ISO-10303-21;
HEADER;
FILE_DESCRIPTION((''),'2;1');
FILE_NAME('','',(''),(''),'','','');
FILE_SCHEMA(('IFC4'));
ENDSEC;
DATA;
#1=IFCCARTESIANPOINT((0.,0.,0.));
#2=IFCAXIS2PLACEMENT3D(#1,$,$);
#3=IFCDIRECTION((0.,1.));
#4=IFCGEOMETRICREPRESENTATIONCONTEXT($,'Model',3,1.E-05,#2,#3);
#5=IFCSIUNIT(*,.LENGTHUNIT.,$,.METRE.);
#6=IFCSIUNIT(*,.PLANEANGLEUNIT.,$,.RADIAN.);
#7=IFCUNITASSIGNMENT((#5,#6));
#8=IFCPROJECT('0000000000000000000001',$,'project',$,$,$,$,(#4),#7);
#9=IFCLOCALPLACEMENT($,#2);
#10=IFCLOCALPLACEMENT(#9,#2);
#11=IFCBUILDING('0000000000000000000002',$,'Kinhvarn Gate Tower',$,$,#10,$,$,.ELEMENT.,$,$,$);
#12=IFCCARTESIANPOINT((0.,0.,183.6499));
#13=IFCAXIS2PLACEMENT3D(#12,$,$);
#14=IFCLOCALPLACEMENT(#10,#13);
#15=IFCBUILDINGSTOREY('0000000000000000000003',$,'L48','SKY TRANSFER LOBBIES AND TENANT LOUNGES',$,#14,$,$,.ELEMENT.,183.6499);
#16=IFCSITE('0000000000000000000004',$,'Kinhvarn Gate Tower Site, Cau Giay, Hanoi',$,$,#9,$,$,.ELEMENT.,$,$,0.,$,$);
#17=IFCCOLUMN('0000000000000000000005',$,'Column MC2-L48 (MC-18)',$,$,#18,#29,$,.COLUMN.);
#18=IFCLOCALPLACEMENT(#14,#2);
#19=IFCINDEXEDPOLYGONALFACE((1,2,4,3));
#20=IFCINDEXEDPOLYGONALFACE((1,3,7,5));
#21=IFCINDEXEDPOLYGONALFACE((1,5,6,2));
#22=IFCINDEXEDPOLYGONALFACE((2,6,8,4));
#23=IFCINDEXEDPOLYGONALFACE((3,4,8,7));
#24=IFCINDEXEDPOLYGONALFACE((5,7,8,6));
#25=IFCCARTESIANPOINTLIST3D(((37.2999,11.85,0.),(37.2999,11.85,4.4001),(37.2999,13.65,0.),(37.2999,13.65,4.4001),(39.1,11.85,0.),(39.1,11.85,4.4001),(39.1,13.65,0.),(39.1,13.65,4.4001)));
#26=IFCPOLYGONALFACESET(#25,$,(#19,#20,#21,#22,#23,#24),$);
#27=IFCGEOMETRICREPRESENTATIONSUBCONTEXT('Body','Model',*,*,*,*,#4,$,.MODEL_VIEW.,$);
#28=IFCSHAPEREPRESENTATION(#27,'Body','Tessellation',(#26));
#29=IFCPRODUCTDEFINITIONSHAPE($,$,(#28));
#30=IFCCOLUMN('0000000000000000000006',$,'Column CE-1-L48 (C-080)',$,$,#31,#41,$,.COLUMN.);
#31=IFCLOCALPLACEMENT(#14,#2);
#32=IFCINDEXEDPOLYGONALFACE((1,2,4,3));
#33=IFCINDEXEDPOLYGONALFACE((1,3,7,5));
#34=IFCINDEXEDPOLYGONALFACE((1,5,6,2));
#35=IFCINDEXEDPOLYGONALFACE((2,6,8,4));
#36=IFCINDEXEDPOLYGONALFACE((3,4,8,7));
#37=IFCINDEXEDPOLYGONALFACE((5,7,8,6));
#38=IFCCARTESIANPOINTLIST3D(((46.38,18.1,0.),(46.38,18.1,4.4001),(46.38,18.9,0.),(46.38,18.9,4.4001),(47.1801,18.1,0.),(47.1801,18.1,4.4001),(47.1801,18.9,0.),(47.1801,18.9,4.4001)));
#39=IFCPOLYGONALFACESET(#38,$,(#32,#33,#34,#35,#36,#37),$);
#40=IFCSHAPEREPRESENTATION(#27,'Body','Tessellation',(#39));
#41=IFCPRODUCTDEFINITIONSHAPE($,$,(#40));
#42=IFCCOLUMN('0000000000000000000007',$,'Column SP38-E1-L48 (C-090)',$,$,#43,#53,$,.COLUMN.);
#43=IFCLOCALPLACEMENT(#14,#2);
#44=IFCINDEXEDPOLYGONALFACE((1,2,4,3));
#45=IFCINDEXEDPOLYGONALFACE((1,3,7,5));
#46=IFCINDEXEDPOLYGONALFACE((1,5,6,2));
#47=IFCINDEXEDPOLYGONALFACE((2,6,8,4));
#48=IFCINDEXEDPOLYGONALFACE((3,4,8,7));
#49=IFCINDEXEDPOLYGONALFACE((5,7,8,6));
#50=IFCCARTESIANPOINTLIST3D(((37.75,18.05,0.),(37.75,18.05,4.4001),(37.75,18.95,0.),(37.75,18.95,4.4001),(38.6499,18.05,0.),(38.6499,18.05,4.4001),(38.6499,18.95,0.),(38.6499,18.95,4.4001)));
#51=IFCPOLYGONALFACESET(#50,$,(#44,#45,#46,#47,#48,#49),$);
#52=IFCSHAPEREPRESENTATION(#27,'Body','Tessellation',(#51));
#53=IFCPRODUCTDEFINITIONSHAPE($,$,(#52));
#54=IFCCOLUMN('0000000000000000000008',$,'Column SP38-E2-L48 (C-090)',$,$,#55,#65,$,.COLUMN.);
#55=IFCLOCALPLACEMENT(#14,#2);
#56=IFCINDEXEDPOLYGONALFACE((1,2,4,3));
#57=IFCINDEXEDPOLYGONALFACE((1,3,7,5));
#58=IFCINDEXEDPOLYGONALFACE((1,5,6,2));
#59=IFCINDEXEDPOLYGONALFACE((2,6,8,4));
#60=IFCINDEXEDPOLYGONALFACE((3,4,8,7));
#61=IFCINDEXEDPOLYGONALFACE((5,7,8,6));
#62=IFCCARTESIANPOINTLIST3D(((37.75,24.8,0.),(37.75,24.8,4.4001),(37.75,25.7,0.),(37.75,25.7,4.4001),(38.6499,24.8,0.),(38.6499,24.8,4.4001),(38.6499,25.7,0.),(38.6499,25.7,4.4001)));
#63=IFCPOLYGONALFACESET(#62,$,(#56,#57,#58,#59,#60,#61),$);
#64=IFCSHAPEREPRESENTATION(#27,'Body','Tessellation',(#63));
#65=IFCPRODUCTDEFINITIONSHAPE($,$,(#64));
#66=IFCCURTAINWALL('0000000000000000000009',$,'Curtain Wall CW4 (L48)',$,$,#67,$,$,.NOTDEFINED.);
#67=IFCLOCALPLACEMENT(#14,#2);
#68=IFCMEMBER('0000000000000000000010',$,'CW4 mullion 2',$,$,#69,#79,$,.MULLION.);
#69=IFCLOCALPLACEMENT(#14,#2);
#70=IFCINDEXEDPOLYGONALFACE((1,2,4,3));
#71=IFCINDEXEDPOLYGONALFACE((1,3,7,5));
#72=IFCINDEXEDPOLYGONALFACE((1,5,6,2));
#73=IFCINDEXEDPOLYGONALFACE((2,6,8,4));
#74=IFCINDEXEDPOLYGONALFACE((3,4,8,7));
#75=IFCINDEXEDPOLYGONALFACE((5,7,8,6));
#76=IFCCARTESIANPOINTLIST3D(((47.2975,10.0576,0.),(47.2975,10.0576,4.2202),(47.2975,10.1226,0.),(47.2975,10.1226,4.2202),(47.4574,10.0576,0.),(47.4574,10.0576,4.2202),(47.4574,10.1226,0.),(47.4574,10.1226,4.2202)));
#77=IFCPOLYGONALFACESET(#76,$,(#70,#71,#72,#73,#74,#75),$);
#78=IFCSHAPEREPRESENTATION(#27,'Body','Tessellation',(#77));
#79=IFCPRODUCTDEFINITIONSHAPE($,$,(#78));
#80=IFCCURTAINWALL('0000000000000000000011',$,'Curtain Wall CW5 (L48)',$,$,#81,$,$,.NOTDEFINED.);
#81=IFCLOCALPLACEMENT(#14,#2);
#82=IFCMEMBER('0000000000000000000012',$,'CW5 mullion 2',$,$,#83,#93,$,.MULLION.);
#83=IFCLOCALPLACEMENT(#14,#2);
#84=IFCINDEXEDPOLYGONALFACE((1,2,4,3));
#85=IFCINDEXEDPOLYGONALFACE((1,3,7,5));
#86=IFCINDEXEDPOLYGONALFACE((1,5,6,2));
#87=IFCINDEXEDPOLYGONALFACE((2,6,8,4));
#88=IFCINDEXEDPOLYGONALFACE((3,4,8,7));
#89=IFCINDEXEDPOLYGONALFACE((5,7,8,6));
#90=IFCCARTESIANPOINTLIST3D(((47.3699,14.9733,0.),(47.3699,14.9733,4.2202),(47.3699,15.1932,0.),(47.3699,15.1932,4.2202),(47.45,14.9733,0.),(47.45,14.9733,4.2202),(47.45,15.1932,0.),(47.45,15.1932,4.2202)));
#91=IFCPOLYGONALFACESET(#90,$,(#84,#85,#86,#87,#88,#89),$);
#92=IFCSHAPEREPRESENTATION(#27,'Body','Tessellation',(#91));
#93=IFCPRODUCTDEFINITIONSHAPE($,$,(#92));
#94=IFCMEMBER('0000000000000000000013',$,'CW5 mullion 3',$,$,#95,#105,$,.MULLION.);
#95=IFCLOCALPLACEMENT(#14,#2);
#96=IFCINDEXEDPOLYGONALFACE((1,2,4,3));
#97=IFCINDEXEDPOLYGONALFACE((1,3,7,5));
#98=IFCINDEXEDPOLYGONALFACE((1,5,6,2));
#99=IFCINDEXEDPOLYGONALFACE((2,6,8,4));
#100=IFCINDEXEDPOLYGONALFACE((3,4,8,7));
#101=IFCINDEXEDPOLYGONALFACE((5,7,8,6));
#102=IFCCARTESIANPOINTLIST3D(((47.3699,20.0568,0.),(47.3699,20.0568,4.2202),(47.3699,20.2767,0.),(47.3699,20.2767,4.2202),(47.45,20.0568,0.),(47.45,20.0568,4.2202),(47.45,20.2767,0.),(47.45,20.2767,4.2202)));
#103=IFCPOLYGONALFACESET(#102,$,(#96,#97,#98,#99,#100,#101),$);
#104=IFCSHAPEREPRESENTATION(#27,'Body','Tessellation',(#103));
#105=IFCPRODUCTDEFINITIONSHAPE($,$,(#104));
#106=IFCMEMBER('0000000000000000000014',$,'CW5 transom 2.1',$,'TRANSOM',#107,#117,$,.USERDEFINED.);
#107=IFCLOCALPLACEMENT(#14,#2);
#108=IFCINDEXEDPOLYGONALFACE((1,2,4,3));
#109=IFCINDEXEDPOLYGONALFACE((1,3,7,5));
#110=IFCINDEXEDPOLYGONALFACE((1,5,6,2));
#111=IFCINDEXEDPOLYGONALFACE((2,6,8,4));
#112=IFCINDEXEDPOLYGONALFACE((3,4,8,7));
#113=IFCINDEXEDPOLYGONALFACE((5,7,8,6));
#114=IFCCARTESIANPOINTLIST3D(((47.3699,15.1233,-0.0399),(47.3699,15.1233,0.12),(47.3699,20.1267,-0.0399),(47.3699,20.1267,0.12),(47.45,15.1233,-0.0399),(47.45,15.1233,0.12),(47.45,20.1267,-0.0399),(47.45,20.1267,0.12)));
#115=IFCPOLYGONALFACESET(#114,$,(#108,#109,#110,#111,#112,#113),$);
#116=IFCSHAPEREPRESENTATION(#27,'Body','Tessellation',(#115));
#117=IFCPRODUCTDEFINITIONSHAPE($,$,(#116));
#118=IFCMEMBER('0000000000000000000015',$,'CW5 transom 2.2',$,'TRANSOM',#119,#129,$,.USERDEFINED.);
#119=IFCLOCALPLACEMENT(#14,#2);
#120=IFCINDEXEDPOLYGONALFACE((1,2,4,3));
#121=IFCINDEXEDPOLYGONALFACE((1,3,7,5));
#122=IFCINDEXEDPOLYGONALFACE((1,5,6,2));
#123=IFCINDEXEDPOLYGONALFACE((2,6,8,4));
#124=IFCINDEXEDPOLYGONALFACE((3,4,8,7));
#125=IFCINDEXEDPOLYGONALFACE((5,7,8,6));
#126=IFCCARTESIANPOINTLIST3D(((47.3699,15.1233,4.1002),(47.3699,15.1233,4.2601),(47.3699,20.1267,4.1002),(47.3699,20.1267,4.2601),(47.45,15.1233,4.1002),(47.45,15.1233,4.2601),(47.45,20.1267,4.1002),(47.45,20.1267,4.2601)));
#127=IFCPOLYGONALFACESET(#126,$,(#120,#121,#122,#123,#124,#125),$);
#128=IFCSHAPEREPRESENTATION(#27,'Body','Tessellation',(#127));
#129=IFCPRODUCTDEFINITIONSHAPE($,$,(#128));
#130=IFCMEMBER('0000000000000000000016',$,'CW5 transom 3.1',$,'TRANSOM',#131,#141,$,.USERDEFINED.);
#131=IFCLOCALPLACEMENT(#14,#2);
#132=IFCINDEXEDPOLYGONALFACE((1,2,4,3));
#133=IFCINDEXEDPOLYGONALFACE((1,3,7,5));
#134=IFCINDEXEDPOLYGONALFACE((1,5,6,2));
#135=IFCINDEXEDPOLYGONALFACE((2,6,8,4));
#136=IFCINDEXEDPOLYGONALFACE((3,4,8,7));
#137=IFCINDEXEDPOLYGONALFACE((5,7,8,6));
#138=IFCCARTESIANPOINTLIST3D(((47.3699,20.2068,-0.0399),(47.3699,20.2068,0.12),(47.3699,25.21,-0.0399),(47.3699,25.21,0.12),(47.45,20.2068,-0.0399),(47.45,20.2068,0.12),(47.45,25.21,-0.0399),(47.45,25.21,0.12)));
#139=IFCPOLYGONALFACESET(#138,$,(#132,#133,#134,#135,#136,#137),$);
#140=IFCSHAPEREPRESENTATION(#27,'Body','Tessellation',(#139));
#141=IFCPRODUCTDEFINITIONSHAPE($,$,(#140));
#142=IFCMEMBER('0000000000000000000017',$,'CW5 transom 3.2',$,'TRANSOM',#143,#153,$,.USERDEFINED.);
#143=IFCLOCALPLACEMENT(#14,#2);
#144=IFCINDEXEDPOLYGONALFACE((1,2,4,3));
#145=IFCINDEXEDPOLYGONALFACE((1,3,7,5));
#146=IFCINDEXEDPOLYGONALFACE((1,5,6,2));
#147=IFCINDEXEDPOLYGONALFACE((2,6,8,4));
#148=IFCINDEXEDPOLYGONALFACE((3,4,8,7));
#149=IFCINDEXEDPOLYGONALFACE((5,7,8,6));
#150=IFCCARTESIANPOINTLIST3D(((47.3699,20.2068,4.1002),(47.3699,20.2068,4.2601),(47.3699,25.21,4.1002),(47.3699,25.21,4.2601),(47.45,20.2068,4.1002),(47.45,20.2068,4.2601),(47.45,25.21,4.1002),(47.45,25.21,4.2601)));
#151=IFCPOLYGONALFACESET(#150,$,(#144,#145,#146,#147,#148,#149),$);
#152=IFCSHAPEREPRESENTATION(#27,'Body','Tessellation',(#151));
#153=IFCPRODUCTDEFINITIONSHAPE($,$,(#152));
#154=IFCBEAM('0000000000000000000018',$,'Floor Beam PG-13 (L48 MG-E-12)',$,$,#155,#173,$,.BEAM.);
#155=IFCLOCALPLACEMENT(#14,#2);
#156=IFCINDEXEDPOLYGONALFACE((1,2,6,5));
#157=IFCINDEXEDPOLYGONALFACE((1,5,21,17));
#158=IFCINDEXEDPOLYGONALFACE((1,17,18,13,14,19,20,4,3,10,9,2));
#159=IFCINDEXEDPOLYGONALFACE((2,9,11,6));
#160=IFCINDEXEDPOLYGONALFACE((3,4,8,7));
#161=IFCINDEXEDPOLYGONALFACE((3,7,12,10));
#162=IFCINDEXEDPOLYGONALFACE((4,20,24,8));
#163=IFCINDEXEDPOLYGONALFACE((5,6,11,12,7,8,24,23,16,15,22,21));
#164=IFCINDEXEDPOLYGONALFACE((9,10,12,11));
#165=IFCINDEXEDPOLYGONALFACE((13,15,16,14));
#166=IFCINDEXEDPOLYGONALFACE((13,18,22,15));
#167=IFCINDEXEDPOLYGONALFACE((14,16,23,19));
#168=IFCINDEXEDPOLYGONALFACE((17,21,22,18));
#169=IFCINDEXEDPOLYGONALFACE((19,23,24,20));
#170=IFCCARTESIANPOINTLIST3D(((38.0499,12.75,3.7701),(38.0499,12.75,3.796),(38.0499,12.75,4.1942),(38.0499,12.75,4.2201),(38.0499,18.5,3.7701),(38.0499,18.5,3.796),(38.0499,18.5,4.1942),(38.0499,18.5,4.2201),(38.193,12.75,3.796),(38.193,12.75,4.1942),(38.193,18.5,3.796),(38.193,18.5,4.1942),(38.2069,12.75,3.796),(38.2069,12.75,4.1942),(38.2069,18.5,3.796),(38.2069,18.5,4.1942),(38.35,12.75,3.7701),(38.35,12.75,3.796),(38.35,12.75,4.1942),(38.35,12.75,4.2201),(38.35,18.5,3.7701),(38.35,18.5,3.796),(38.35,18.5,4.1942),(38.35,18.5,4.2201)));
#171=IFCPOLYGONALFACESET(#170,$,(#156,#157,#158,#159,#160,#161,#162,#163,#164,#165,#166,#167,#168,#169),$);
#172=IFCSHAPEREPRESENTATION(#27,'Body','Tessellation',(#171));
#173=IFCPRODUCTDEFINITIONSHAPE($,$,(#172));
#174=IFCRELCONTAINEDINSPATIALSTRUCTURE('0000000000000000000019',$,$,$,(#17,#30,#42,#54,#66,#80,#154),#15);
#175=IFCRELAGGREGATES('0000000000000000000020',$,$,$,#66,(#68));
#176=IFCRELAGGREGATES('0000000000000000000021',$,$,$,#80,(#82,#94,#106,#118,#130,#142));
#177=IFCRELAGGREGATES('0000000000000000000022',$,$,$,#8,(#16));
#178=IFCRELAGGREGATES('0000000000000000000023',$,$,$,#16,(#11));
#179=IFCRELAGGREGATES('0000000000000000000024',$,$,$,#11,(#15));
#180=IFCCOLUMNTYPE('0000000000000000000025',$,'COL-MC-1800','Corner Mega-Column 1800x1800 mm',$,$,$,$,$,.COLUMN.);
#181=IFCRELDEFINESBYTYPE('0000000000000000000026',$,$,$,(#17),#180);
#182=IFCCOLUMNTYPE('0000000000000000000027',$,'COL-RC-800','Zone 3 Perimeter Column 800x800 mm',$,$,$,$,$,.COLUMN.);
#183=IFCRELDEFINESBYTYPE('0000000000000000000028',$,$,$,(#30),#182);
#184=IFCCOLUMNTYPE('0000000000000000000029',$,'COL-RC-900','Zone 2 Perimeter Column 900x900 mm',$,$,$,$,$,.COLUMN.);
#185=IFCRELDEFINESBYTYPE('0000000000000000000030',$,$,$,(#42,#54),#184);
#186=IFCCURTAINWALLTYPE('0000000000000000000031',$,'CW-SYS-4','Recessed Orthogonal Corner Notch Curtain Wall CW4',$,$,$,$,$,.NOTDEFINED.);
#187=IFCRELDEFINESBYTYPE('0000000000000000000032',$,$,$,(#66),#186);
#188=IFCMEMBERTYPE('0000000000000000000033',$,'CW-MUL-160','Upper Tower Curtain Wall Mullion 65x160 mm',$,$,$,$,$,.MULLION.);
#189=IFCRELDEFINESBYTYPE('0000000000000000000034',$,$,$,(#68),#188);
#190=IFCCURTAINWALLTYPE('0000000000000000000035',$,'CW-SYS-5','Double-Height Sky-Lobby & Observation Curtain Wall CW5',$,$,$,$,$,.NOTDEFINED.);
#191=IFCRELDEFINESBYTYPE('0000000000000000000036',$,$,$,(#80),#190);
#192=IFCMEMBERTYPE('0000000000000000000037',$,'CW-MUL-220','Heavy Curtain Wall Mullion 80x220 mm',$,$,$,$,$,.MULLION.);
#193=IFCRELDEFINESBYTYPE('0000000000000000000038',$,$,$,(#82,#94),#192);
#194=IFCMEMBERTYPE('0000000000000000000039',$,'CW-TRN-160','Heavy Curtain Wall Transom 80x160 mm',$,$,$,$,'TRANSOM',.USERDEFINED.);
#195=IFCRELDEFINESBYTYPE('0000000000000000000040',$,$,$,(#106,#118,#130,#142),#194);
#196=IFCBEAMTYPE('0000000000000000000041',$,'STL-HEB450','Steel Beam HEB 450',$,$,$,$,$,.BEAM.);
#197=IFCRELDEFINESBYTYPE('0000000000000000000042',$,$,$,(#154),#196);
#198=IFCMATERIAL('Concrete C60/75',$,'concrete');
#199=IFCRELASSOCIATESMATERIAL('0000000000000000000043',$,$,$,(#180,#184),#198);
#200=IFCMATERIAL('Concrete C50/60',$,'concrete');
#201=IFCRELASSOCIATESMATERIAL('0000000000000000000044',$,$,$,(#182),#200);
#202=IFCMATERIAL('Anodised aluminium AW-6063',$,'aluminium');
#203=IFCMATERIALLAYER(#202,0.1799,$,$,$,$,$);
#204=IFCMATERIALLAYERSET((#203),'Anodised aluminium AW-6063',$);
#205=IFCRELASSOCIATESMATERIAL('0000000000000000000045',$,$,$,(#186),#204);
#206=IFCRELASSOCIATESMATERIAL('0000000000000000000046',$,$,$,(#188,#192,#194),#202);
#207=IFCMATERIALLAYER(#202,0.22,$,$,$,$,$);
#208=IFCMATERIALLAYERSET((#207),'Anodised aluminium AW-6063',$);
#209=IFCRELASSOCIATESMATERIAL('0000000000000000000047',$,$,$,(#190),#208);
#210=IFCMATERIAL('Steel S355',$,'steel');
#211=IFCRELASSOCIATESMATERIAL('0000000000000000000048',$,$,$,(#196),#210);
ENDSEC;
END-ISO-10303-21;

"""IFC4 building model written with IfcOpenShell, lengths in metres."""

from ifc_helpers import new_model, si_unit, direction, frame, origin, origin_2d, place, context, subcontext, project, spatial, rectangle, i_section, extrude, material, layer, layer_set, material_profile, profile_set, type_object, element, aggregate, save


model = new_model("IFC4")

# Units and contexts
model_context = context("Model", 3, precision=1e-05, world=origin(), true_north=direction((0.0, 1.0)))
body_context = subcontext(model_context, "Body", "Model", "MODEL_VIEW")
ifc_project = project(units=[si_unit("LENGTHUNIT", "METRE"), si_unit("PLANEANGLEUNIT", "RADIAN")], contexts=[model_context])

# Site, building, storey
site_placement = place(None, origin())
site = spatial("IfcSite", under=ifc_project, at=site_placement, Name="Kinhvarn Gate Tower Site, Cau Giay, Hanoi", CompositionType="ELEMENT", RefElevation=0.0)
building_placement = place(site_placement, origin())
building = spatial("IfcBuilding", under=site, at=building_placement, Name="Kinhvarn Gate Tower", CompositionType="ELEMENT")
storey_placement = place(building_placement, frame((0.0, 0.0, 183.6499)))
storey = spatial("IfcBuildingStorey", under=building, at=storey_placement, Name="L48", Description="SKY TRANSFER LOBBIES AND TENANT LOUNGES", CompositionType="ELEMENT", Elevation=183.6499)

# Columns
ifc_material_1 = material(Name="Concrete C60/75", Category="concrete")
ifc_material_profile_1 = material_profile(ifc_material_1, rectangle(XDim=1.8, YDim=1.8, at=origin_2d()), Name="RC 1800x1800")
ifc_profile_set_1 = profile_set([ifc_material_profile_1], Name="Concrete C60/75")
column_type_1 = type_object("IfcColumnType", Name="COL-MC-1800", Description="Corner Mega-Column 1800x1800 mm", PredefinedType="COLUMN", material=ifc_profile_set_1)
column_1_placement = place(storey_placement, frame((38.2, 12.75, 0.0), z_axis=(0.0, 0.0, 1.0), x_axis=(1.0, 0.0, 0.0)))
element("IfcColumn", 1, at=column_1_placement, inside=storey, type_object=column_type_1, Name="Column MC2-L48 (MC-18)", PredefinedType="COLUMN", context=body_context, shape_type="SweptSolid", body=[
    extrude(rectangle(XDim=1.8, YDim=1.8, at=origin_2d()), origin(), (0.0, 0.0, 1.0), 4.4001),
])
ifc_material_2 = material(Name="Concrete C50/60", Category="concrete")
ifc_material_profile_2 = material_profile(ifc_material_2, rectangle(XDim=0.8, YDim=0.8, at=origin_2d()), Name="RC 800x800")
ifc_profile_set_2 = profile_set([ifc_material_profile_2], Name="Concrete C50/60")
column_type_2 = type_object("IfcColumnType", Name="COL-RC-800", Description="Zone 3 Perimeter Column 800x800 mm", PredefinedType="COLUMN", material=ifc_profile_set_2)
column_2_placement = place(storey_placement, frame((46.78, 18.5, 0.0), z_axis=(0.0, 0.0, 1.0), x_axis=(1.0, 0.0, 0.0)))
element("IfcColumn", 2, at=column_2_placement, inside=storey, type_object=column_type_2, Name="Column CE-1-L48 (C-080)", PredefinedType="COLUMN", context=body_context, shape_type="SweptSolid", body=[
    extrude(rectangle(XDim=0.8, YDim=0.8, at=origin_2d()), origin(), (0.0, 0.0, 1.0), 4.4001),
])
ifc_material_profile_3 = material_profile(ifc_material_1, rectangle(XDim=0.8999, YDim=0.8999, at=origin_2d()), Name="RC 900x900")
ifc_profile_set_3 = profile_set([ifc_material_profile_3], Name="Concrete C60/75")
column_type_3 = type_object("IfcColumnType", Name="COL-RC-900", Description="Zone 2 Perimeter Column 900x900 mm", PredefinedType="COLUMN", material=ifc_profile_set_3)
for number, where, z_axis, x_axis, name in (
    (3, (38.2, 18.5, 0.0), (0.0, 0.0, 1.0), (1.0, 0.0, 0.0), "Column SP38-E1-L48 (C-090)"),
    (4, (38.2, 25.25, 0.0), (0.0, 0.0, 1.0), (1.0, 0.0, 0.0), "Column SP38-E2-L48 (C-090)"),
):
    element("IfcColumn", number, at=place(storey_placement, frame(where, z_axis=z_axis, x_axis=x_axis)), inside=storey, type_object=column_type_3, Name=name, PredefinedType="COLUMN", context=body_context, shape_type="SweptSolid", body=[
        extrude(rectangle(XDim=0.8999, YDim=0.8999, at=origin_2d()), origin(), (0.0, 0.0, 1.0), 4.4001),
    ])

# Curtain wall, member
ifc_material_3 = material(Name="Anodised aluminium AW-6063", Category="aluminium")
ifc_layer_1 = layer(ifc_material_3, 0.1799)
ifc_layer_set_1 = layer_set([ifc_layer_1], Name="Anodised aluminium AW-6063")
curtain_wall_type_1 = type_object("IfcCurtainWallType", Name="CW-SYS-4", Description="Recessed Orthogonal Corner Notch Curtain Wall CW4", PredefinedType="NOTDEFINED", material=ifc_layer_set_1)
curtain_wall_1_placement = place(storey_placement, origin())
curtain_wall_1 = element("IfcCurtainWall", 5, at=curtain_wall_1_placement, inside=storey, type_object=curtain_wall_type_1, Name="Curtain Wall CW4 (L48)", PredefinedType="NOTDEFINED")
ifc_material_profile_4 = material_profile(ifc_material_3, rectangle(XDim=0.0649, YDim=0.1599, at=origin_2d()), Name="ALU 65x160")
ifc_profile_set_4 = profile_set([ifc_material_profile_4], Name="Anodised aluminium AW-6063")
member_type_1 = type_object("IfcMemberType", Name="CW-MUL-160", Description="Upper Tower Curtain Wall Mullion 65x160 mm", PredefinedType="MULLION", material=ifc_profile_set_4)
member_1_placement = place(storey_placement, frame((47.3774, 10.0901, 0.0), z_axis=(0.0, 0.0, 1.0), x_axis=(0.0, 1.0, 0.0)))
member_1 = element("IfcMember", 6, at=member_1_placement, type_object=member_type_1, Name="CW4 mullion 2", PredefinedType="MULLION", context=body_context, shape_type="SweptSolid", body=[
    extrude(rectangle(XDim=0.0649, YDim=0.1599, at=origin_2d()), origin(), (0.0, 0.0, 1.0), 4.2202),
])
aggregate(curtain_wall_1, [member_1])

# Curtain wall, members
ifc_layer_2 = layer(ifc_material_3, 0.22)
ifc_layer_set_2 = layer_set([ifc_layer_2], Name="Anodised aluminium AW-6063")
curtain_wall_type_2 = type_object("IfcCurtainWallType", Name="CW-SYS-5", Description="Double-Height Sky-Lobby & Observation Curtain Wall CW5", PredefinedType="NOTDEFINED", material=ifc_layer_set_2)
curtain_wall_2_placement = place(storey_placement, origin())
curtain_wall_2 = element("IfcCurtainWall", 7, at=curtain_wall_2_placement, inside=storey, type_object=curtain_wall_type_2, Name="Curtain Wall CW5 (L48)", PredefinedType="NOTDEFINED")
ifc_material_profile_5 = material_profile(ifc_material_3, rectangle(XDim=0.0801, YDim=0.22, at=origin_2d()), Name="ALU 80x220")
ifc_profile_set_5 = profile_set([ifc_material_profile_5], Name="Anodised aluminium AW-6063")
member_type_2 = type_object("IfcMemberType", Name="CW-MUL-220", Description="Heavy Curtain Wall Mullion 80x220 mm", PredefinedType="MULLION", material=ifc_profile_set_5)
member_2_placement = place(storey_placement, frame((47.4099, 15.0833, 0.0), z_axis=(0.0, 0.0, 1.0), x_axis=(-1.0, 0.0, 0.0)))
member_2 = element("IfcMember", 8, at=member_2_placement, type_object=member_type_2, Name="CW5 mullion 2", PredefinedType="MULLION", context=body_context, shape_type="SweptSolid", body=[
    extrude(rectangle(XDim=0.0801, YDim=0.22, at=origin_2d()), origin(), (0.0, 0.0, 1.0), 4.2202),
])
member_3_placement = place(storey_placement, frame((47.4099, 20.1667, 0.0), z_axis=(0.0, 0.0, 1.0), x_axis=(-1.0, 0.0, 0.0)))
member_3 = element("IfcMember", 9, at=member_3_placement, type_object=member_type_2, Name="CW5 mullion 3", PredefinedType="MULLION", context=body_context, shape_type="SweptSolid", body=[
    extrude(rectangle(XDim=0.0801, YDim=0.22, at=origin_2d()), origin(), (0.0, 0.0, 1.0), 4.2202),
])
ifc_material_profile_6 = material_profile(ifc_material_3, rectangle(XDim=0.0801, YDim=0.1599, at=origin_2d()), Name="ALU 80x160")
ifc_profile_set_6 = profile_set([ifc_material_profile_6], Name="Anodised aluminium AW-6063")
member_type_3 = type_object("IfcMemberType", Name="CW-TRN-160", Description="Heavy Curtain Wall Transom 80x160 mm", ElementType="TRANSOM", PredefinedType="USERDEFINED", material=ifc_profile_set_6)
member_4_placement = place(storey_placement, frame((47.4099, 15.1233, 0.04), z_axis=(0.0, 1.0, 0.0), x_axis=(-1.0, 0.0, 0.0)))
member_4 = element("IfcMember", 10, at=member_4_placement, type_object=member_type_3, Name="CW5 transom 2.1", ObjectType="TRANSOM", PredefinedType="USERDEFINED", context=body_context, shape_type="SweptSolid", body=[
    extrude(rectangle(XDim=0.0801, YDim=0.1599, at=origin_2d()), origin(), (0.0, 0.0, 1.0), 5.0034),
])
member_5_placement = place(storey_placement, frame((47.4099, 15.1233, 4.1802), z_axis=(0.0, 1.0, 0.0), x_axis=(-1.0, 0.0, 0.0)))
member_5 = element("IfcMember", 11, at=member_5_placement, type_object=member_type_3, Name="CW5 transom 2.2", ObjectType="TRANSOM", PredefinedType="USERDEFINED", context=body_context, shape_type="SweptSolid", body=[
    extrude(rectangle(XDim=0.0801, YDim=0.1599, at=origin_2d()), origin(), (0.0, 0.0, 1.0), 5.0034),
])
member_6_placement = place(storey_placement, frame((47.4099, 20.2068, 0.04), z_axis=(0.0, 1.0, 0.0), x_axis=(-1.0, 0.0, 0.0)))
member_6 = element("IfcMember", 12, at=member_6_placement, type_object=member_type_3, Name="CW5 transom 3.1", ObjectType="TRANSOM", PredefinedType="USERDEFINED", context=body_context, shape_type="SweptSolid", body=[
    extrude(rectangle(XDim=0.0801, YDim=0.1599, at=origin_2d()), origin(), (0.0, 0.0, 1.0), 5.0032),
])
member_7_placement = place(storey_placement, frame((47.4099, 20.2068, 4.1802), z_axis=(0.0, 1.0, 0.0), x_axis=(-1.0, 0.0, 0.0)))
member_7 = element("IfcMember", 13, at=member_7_placement, type_object=member_type_3, Name="CW5 transom 3.2", ObjectType="TRANSOM", PredefinedType="USERDEFINED", context=body_context, shape_type="SweptSolid", body=[
    extrude(rectangle(XDim=0.0801, YDim=0.1599, at=origin_2d()), origin(), (0.0, 0.0, 1.0), 5.0032),
])

# Beam
ifc_material_4 = material(Name="Steel S355", Category="steel")
ifc_material_profile_7 = material_profile(ifc_material_4, i_section(OverallWidth=0.3, OverallDepth=0.45, WebThickness=0.0139, FlangeThickness=0.0259, at=origin_2d()), Name="HEB 450")
ifc_profile_set_7 = profile_set([ifc_material_profile_7], Name="Steel S355")
beam_type_1 = type_object("IfcBeamType", Name="STL-HEB450", Description="Steel Beam HEB 450", PredefinedType="BEAM", material=ifc_profile_set_7)
beam_1_placement = place(storey_placement, frame((38.2, 12.75, 3.9951), z_axis=(0.0, 1.0, 0.0), x_axis=(-1.0, 0.0, 0.0)))
element("IfcBeam", 14, at=beam_1_placement, inside=storey, type_object=beam_type_1, Name="Floor Beam PG-13 (L48 MG-E-12)", PredefinedType="BEAM", context=body_context, shape_type="SweptSolid", body=[
    extrude(i_section(OverallWidth=0.3, OverallDepth=0.45, WebThickness=0.0139, FlangeThickness=0.0259, at=origin_2d()), origin(), (0.0, 0.0, 1.0), 5.75),
])

aggregate(curtain_wall_2, [member_2, member_3, member_4, member_5, member_6, member_7])

save(model, "model.ifc")
